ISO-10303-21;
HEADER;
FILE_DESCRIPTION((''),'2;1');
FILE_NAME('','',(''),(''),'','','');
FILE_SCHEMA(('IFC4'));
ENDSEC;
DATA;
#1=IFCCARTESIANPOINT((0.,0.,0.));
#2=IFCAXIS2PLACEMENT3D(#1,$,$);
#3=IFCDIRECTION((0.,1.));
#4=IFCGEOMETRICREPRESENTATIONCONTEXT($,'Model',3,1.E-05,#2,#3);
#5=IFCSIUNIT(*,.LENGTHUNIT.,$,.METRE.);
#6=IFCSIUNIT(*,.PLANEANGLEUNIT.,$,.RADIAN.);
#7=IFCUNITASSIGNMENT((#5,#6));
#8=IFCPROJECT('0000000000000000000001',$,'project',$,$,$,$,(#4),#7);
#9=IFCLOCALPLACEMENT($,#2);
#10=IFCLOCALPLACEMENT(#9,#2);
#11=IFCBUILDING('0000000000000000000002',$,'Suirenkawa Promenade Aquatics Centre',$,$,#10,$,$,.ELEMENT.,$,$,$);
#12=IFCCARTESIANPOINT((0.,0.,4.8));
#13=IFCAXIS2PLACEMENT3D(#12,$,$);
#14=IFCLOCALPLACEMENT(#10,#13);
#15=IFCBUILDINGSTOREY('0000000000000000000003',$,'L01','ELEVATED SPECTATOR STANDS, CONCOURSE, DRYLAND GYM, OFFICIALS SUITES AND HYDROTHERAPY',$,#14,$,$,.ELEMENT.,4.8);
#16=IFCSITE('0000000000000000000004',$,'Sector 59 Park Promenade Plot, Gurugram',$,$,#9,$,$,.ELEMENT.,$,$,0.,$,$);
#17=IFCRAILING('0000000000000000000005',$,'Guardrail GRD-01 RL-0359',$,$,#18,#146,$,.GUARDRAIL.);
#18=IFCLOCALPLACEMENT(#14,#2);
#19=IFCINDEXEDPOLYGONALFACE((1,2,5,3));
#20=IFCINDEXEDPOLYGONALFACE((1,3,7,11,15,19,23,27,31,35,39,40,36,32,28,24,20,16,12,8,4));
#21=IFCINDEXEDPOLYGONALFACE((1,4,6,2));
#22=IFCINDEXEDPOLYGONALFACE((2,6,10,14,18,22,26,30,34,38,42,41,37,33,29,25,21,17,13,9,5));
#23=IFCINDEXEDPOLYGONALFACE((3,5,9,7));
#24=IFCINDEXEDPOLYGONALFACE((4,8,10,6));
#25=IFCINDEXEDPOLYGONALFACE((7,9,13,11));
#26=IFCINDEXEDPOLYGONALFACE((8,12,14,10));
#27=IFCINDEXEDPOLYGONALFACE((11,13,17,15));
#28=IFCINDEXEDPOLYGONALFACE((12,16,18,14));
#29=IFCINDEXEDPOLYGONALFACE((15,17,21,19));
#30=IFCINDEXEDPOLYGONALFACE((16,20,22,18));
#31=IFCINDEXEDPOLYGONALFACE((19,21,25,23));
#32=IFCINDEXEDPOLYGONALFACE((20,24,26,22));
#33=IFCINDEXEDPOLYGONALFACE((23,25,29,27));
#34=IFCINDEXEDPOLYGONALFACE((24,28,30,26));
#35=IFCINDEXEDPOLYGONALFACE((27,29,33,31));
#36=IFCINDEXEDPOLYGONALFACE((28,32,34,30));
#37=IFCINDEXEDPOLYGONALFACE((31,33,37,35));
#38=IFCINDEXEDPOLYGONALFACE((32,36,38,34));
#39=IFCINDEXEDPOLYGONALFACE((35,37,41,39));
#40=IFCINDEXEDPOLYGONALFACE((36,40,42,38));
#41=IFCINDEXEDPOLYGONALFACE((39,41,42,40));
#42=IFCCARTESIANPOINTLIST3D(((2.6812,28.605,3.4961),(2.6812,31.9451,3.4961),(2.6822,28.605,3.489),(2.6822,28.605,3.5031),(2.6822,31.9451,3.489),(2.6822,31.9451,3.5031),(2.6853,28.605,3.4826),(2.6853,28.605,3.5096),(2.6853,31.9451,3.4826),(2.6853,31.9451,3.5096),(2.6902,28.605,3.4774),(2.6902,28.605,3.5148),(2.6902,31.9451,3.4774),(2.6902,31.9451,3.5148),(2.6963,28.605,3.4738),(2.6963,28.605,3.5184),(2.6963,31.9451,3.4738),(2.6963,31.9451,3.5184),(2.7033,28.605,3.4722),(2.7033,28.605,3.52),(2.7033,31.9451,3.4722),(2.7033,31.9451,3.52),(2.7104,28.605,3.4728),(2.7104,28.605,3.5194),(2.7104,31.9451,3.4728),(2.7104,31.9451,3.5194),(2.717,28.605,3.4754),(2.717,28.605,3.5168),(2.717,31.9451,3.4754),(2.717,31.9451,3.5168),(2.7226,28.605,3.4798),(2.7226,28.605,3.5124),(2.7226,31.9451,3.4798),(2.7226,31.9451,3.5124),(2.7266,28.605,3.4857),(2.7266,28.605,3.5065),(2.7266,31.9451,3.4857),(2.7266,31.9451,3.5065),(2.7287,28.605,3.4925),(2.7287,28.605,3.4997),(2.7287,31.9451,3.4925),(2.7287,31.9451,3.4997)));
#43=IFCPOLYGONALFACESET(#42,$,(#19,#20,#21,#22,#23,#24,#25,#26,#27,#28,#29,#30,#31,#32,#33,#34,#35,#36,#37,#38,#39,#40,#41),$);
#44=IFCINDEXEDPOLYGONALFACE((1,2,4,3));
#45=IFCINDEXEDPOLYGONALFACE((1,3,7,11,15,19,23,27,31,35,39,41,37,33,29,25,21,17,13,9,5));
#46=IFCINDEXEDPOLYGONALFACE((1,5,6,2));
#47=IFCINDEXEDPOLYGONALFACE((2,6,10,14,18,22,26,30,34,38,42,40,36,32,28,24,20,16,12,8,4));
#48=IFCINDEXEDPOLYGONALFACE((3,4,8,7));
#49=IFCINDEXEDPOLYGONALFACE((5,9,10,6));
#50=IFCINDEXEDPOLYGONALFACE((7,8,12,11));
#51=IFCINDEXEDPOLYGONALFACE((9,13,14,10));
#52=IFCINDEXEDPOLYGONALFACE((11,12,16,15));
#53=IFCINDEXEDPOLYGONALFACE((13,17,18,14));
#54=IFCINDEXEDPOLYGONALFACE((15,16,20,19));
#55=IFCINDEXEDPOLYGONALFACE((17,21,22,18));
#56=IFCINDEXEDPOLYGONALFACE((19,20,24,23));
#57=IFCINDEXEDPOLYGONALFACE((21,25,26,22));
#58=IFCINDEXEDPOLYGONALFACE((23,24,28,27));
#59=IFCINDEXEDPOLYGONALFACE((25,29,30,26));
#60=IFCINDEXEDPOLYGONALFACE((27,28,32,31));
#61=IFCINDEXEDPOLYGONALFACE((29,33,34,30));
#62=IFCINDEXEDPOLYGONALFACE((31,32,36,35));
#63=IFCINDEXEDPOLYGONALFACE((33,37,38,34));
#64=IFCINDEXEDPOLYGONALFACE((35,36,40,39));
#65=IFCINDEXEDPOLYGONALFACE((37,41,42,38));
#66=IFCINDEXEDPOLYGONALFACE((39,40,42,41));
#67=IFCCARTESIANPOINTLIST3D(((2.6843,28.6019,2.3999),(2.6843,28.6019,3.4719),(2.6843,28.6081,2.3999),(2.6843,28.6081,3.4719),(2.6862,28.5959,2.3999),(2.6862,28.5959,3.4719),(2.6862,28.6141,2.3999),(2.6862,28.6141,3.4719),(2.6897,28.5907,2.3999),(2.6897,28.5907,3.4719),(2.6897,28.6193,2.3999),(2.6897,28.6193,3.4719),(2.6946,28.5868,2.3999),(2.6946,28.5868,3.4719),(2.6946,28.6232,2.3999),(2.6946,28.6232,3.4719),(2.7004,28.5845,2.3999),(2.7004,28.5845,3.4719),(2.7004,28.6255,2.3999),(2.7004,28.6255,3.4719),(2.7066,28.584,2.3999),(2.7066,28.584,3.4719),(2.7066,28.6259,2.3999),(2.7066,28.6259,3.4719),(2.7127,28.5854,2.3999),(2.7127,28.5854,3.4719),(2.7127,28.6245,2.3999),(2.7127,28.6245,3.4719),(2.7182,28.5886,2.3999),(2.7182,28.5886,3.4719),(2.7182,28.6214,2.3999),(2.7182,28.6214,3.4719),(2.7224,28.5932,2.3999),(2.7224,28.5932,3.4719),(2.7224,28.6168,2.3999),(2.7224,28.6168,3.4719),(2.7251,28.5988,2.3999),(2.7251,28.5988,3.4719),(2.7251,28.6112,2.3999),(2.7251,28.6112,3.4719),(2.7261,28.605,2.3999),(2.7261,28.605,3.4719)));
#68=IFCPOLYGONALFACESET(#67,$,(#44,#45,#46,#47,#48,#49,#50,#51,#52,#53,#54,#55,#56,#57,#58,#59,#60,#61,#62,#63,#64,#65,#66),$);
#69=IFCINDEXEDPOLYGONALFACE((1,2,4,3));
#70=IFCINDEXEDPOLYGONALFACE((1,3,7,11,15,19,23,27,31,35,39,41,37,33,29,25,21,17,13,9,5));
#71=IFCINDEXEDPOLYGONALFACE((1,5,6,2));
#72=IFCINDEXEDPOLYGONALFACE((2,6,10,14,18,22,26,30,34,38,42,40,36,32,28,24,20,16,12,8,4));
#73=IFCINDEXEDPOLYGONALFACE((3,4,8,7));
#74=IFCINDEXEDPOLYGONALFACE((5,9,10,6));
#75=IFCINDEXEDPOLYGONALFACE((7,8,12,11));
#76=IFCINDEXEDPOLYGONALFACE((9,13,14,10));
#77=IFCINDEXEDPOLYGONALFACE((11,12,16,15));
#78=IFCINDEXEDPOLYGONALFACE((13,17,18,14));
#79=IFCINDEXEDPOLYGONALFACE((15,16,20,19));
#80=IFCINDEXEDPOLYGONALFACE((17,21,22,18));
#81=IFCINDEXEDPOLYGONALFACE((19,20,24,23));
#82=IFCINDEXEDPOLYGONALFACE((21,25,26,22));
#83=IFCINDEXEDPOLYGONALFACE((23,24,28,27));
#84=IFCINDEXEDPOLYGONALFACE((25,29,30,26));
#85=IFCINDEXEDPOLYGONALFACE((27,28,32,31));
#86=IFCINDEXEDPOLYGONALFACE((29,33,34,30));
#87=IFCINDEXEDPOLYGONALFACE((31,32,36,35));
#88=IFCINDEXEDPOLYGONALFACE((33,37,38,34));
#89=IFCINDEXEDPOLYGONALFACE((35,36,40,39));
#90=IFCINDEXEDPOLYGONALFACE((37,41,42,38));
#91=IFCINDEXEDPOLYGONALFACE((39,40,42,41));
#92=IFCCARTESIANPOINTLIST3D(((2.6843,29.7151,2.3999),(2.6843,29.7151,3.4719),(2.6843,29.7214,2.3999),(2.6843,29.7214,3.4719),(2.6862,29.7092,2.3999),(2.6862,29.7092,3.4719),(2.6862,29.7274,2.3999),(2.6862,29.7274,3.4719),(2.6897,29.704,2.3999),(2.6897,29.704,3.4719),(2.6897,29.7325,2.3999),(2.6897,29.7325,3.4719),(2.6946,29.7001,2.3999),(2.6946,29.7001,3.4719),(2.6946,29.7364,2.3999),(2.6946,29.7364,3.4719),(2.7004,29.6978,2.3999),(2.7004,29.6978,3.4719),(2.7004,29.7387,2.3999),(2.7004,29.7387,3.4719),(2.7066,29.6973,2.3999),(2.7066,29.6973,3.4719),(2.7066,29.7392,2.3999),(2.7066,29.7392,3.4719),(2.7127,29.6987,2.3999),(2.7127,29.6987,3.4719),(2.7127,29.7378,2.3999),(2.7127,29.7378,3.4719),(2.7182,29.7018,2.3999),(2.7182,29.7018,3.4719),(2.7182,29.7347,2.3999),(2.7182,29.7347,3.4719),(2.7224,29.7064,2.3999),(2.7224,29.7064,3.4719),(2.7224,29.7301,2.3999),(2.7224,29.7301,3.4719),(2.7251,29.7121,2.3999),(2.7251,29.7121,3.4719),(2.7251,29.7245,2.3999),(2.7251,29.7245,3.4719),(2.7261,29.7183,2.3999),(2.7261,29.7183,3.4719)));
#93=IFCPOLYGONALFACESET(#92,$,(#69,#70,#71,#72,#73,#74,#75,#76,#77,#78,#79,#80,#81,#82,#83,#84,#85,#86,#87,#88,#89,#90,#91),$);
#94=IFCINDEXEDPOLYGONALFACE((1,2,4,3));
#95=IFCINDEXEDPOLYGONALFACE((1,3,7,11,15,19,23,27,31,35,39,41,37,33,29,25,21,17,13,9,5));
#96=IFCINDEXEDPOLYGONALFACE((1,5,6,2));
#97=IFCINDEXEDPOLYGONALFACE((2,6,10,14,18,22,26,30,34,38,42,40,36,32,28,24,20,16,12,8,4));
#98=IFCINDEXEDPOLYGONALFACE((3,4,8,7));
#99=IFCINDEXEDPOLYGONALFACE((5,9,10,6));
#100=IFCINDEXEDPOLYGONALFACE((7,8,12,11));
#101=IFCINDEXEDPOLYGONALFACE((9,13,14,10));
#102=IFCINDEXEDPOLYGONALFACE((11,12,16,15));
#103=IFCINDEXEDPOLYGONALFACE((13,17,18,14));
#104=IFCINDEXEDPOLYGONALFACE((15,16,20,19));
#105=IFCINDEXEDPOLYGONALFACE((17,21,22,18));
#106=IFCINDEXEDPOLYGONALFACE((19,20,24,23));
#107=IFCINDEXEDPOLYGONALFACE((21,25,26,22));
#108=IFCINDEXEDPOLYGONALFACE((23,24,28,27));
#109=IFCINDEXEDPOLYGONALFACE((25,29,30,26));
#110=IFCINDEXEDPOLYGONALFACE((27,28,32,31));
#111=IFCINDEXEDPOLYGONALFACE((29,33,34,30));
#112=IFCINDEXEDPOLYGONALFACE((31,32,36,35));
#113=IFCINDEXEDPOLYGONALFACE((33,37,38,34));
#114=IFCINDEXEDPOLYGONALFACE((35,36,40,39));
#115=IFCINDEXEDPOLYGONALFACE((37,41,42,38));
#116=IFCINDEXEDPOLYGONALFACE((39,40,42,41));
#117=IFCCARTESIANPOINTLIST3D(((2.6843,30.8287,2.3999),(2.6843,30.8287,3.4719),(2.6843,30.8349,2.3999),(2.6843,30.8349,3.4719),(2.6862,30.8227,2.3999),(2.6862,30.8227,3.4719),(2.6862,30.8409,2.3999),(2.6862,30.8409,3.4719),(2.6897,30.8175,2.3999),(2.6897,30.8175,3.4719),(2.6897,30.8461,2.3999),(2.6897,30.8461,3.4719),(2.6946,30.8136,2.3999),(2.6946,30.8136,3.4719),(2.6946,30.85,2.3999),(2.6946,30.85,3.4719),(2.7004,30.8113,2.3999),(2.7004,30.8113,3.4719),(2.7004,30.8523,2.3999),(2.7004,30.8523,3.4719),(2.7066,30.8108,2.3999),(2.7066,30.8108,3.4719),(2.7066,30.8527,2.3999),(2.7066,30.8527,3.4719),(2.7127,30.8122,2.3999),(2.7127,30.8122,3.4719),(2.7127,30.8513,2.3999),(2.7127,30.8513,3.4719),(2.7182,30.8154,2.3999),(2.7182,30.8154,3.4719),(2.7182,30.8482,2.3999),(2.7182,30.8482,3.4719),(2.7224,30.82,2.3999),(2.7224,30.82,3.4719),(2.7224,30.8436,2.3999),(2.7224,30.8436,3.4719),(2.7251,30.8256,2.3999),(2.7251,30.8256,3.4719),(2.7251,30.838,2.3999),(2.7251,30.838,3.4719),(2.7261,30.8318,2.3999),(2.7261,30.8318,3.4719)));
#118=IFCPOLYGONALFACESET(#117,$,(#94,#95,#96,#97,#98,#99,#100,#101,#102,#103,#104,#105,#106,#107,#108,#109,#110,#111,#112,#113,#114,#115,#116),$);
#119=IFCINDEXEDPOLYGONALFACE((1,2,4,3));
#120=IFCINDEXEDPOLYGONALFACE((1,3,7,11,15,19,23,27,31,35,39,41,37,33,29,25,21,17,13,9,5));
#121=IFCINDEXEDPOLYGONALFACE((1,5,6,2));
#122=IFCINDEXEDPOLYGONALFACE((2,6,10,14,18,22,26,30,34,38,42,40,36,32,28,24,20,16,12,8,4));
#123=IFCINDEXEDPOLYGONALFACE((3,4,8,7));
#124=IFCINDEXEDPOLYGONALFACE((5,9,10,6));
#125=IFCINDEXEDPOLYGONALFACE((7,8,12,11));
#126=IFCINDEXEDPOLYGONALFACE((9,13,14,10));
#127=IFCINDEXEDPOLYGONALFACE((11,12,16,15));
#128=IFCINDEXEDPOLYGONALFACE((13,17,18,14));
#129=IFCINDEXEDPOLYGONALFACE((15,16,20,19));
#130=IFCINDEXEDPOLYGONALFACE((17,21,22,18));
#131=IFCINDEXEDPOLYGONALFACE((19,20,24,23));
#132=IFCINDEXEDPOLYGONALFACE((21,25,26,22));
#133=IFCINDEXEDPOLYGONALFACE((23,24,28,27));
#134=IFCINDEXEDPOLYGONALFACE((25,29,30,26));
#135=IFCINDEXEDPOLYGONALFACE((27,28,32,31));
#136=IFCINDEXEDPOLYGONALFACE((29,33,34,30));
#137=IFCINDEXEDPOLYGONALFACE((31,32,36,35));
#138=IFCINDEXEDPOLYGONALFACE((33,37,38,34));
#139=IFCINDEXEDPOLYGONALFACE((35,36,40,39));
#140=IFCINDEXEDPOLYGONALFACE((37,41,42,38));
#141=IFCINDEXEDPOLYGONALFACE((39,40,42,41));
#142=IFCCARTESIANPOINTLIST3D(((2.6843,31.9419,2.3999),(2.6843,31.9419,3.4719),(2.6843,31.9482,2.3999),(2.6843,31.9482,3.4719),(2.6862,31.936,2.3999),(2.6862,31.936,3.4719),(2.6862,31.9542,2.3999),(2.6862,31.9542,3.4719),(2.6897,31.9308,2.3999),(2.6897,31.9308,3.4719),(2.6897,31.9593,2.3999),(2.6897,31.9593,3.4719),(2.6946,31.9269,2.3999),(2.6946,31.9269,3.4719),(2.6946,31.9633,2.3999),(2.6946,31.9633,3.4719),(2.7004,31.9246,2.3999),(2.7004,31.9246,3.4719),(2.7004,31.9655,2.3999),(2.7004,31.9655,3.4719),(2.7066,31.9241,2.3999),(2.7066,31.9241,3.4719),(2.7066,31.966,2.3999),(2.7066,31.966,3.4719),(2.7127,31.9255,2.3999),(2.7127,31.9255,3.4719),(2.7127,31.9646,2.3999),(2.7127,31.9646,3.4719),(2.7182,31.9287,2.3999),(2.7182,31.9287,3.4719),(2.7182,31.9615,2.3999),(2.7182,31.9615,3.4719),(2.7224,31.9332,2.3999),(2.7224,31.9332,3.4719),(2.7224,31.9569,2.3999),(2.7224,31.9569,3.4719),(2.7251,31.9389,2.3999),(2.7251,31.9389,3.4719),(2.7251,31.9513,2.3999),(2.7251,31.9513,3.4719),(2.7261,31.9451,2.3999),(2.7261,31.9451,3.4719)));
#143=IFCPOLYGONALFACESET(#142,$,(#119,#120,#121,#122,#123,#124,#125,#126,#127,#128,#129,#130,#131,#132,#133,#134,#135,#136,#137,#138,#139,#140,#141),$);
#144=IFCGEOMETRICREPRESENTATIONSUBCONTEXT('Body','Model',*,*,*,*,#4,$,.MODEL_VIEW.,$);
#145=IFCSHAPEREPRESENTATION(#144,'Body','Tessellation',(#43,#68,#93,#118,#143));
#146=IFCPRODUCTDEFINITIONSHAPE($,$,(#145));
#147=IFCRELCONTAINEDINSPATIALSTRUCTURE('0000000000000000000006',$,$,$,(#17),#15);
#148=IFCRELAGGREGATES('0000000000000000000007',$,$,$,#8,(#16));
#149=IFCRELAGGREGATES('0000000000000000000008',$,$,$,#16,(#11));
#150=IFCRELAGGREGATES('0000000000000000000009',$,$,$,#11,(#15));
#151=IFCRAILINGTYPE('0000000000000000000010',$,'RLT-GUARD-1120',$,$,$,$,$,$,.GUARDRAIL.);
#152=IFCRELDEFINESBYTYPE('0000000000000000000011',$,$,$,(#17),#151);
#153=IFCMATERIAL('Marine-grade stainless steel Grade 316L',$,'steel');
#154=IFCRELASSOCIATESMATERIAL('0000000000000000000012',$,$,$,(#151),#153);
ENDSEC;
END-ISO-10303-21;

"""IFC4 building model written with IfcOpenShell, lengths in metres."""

from ifc_helpers import new_model, si_unit, direction, frame, origin, origin_2d, place, context, subcontext, project, spatial, circle, extrude, material, type_object, element, save


model = new_model("IFC4")

# Units and contexts
model_context = context("Model", 3, precision=1e-05, world=origin(), true_north=direction((0.0, 1.0)))
body_context = subcontext(model_context, "Body", "Model", "MODEL_VIEW")
ifc_project = project(units=[si_unit("LENGTHUNIT", "METRE"), si_unit("PLANEANGLEUNIT", "RADIAN")], contexts=[model_context])

# Site, building, storey
site_placement = place(None, origin())
site = spatial("IfcSite", under=ifc_project, at=site_placement, Name="Sector 59 Park Promenade Plot, Gurugram", CompositionType="ELEMENT", RefElevation=0.0)
building_placement = place(site_placement, origin())
building = spatial("IfcBuilding", under=site, at=building_placement, Name="Suirenkawa Promenade Aquatics Centre", CompositionType="ELEMENT")
storey_placement = place(building_placement, frame((0.0, 0.0, 4.8)))
storey = spatial("IfcBuildingStorey", under=building, at=storey_placement, Name="L01", Description="ELEVATED SPECTATOR STANDS, CONCOURSE, DRYLAND GYM, OFFICIALS SUITES AND HYDROTHERAPY", CompositionType="ELEMENT", Elevation=4.8)

# Railing
ifc_material_1 = material(Name="Marine-grade stainless steel Grade 316L", Category="steel")
railing_type_1 = type_object("IfcRailingType", Name="RLT-GUARD-1120", PredefinedType="GUARDRAIL", material=ifc_material_1)
for number, where, name in (
    (1, (2.7051, 28.605, 2.3999), "Guardrail GRD-01 RL-0359"),
):
    element("IfcRailing", number, at=place(storey_placement, frame(where)), inside=storey, type_object=railing_type_1, Name=name, PredefinedType="GUARDRAIL", context=body_context, shape_type="SweptSolid", body=[
        extrude(circle(Radius=0.0239, at=origin_2d()), frame((0.0, 0.0, 1.0962), z_axis=(0.0, 1.0, 0.0), x_axis=(-1.0, 0.0, 0.0)), (0.0, 0.0, 1.0), 3.3401),
        extrude(circle(Radius=0.021, at=origin_2d()), origin(), (0.0, 0.0, 1.0), 1.072),
        extrude(circle(Radius=0.021, at=origin_2d()), frame((0.0, 1.1133, 0.0)), (0.0, 0.0, 1.0), 1.072),
        extrude(circle(Radius=0.021, at=origin_2d()), frame((0.0, 2.2268, 0.0)), (0.0, 0.0, 1.0), 1.072),
        extrude(circle(Radius=0.021, at=origin_2d()), frame((0.0, 3.3401, 0.0)), (0.0, 0.0, 1.0), 1.072),
    ])

save(model, "model.ifc")
